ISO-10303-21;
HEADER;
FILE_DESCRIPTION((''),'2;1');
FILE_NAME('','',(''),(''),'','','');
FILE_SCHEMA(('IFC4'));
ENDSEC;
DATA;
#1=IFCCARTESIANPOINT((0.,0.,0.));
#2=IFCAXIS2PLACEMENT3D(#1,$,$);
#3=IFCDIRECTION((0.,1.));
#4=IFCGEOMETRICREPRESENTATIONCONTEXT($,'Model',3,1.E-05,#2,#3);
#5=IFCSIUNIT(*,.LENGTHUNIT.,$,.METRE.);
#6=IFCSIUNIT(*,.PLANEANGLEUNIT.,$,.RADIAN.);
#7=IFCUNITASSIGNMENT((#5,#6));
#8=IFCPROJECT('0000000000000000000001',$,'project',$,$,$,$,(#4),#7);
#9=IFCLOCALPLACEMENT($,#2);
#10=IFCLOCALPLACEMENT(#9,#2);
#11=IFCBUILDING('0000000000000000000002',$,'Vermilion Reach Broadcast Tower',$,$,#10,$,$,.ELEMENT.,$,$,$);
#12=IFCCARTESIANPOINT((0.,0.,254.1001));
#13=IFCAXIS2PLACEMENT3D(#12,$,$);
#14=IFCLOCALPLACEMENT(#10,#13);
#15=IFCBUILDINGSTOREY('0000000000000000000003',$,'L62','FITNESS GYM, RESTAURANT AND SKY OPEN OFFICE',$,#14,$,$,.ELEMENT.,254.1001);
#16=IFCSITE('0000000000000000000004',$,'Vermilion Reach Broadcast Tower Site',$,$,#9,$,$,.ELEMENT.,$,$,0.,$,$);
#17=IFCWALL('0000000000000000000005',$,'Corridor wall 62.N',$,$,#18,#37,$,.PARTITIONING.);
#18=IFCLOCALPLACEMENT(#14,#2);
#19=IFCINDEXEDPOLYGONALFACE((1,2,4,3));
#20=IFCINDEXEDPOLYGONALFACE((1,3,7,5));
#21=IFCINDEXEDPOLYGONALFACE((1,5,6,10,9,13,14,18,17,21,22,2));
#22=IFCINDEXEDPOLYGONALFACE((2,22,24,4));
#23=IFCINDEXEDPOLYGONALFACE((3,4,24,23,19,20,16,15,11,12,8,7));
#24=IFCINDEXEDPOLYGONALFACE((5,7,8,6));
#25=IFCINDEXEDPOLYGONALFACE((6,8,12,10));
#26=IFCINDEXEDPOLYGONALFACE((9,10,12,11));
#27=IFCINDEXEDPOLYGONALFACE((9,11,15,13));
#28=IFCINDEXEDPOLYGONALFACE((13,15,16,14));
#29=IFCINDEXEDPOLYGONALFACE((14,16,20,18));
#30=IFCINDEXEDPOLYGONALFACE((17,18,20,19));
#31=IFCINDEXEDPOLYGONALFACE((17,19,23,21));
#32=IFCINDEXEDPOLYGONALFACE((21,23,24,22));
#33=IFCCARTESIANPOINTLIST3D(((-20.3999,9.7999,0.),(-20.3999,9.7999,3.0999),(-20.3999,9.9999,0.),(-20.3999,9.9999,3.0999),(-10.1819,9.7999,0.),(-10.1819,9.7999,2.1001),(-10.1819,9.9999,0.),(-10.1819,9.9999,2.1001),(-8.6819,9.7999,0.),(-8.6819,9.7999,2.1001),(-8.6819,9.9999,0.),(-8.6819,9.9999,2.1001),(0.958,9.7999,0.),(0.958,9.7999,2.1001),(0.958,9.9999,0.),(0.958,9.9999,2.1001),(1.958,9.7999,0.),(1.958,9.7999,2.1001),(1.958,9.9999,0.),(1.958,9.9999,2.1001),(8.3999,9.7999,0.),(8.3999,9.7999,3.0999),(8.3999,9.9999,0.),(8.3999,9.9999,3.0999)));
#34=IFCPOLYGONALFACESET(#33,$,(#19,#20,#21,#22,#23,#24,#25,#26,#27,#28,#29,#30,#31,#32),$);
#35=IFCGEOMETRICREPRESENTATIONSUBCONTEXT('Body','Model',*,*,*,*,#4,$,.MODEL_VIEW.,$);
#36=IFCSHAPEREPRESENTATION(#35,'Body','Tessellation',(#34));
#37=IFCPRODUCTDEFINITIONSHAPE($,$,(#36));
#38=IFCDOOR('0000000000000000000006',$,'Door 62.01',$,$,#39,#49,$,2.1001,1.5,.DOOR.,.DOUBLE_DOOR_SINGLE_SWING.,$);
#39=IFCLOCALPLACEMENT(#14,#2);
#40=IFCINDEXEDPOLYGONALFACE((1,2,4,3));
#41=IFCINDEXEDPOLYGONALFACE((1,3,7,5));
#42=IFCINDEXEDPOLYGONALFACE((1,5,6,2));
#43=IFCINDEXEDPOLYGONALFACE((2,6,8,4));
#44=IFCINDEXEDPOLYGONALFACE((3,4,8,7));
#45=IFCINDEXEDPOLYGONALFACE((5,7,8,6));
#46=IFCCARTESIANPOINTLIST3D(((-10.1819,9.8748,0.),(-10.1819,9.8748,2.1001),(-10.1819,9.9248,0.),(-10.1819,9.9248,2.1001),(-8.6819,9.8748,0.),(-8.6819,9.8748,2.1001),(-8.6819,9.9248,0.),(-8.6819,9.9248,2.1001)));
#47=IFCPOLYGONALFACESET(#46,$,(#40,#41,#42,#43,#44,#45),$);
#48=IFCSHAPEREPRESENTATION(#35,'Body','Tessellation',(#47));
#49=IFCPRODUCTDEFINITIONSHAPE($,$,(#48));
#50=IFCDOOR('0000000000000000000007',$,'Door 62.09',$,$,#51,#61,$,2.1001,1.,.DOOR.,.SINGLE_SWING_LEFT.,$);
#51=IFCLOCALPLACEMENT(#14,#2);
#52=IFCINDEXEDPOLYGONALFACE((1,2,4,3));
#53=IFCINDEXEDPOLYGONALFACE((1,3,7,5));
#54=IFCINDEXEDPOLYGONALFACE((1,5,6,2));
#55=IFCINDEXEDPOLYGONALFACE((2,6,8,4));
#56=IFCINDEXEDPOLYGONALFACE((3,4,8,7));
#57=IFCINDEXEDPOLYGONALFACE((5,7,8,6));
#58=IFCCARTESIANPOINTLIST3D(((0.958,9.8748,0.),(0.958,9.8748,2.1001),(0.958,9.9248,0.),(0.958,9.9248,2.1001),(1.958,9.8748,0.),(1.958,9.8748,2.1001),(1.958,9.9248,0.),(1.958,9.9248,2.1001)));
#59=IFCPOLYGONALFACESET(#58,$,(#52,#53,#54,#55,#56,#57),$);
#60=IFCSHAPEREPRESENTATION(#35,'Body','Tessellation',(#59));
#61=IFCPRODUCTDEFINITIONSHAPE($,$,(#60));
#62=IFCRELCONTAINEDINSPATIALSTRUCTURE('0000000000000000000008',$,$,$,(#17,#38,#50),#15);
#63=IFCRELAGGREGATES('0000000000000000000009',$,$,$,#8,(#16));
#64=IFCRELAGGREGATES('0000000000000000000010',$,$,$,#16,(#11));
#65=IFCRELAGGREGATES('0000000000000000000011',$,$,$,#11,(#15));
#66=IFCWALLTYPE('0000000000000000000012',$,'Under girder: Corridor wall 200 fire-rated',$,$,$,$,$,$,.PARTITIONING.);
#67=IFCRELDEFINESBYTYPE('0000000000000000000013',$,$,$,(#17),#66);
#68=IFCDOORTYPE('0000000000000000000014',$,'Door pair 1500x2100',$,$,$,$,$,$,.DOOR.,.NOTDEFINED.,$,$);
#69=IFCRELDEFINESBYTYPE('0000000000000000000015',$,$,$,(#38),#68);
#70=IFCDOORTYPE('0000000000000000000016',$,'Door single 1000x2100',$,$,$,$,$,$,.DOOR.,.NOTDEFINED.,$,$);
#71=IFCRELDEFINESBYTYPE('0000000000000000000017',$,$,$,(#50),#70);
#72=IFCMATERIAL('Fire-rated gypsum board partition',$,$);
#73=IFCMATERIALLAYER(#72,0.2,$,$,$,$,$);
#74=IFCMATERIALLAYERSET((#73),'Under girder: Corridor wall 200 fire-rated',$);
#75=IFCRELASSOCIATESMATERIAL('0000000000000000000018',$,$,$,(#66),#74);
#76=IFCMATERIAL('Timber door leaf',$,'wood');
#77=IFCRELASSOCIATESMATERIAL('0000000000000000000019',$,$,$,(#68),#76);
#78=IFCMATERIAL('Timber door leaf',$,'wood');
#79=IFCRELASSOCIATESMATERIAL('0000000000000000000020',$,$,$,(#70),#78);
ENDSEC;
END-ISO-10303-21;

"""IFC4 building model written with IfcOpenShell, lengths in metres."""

from ifc_helpers import new_model, si_unit, direction, frame, frame_2d, origin, place, context, subcontext, project, spatial, rectangle, extrude, material, layer, layer_set, type_object, element, fill, save


model = new_model("IFC4")

# Units and contexts
model_context = context("Model", 3, precision=1e-05, world=origin(), true_north=direction((0.0, 1.0)))
body_context = subcontext(model_context, "Body", "Model", "MODEL_VIEW")
ifc_project = project(units=[si_unit("LENGTHUNIT", "METRE"), si_unit("PLANEANGLEUNIT", "RADIAN")], contexts=[model_context])

# Site, building, storey
site_placement = place(None, origin())
site = spatial("IfcSite", under=ifc_project, at=site_placement, Name="Vermilion Reach Broadcast Tower Site", CompositionType="ELEMENT", RefElevation=0.0)
building_placement = place(site_placement, origin())
building = spatial("IfcBuilding", under=site, at=building_placement, Name="Vermilion Reach Broadcast Tower", CompositionType="ELEMENT")
storey_placement = place(building_placement, frame((0.0, 0.0, 254.1001)))
storey = spatial("IfcBuildingStorey", under=building, at=storey_placement, Name="L62", Description="FITNESS GYM, RESTAURANT AND SKY OPEN OFFICE", CompositionType="ELEMENT", Elevation=254.1001)

# Wall, openings, doors
ifc_material_1 = material(Name="Fire-rated gypsum board partition")
ifc_layer_1 = layer(ifc_material_1, 0.2)
ifc_layer_set_1 = layer_set([ifc_layer_1], Name="Under girder: Corridor wall 200 fire-rated")
wall_type_1 = type_object("IfcWallType", Name="Under girder: Corridor wall 200 fire-rated", PredefinedType="PARTITIONING", material=ifc_layer_set_1)
wall_1_placement = place(storey_placement, frame((-20.3999, 9.8999, 0.0), z_axis=(0.0, 0.0, 1.0), x_axis=(1.0, 0.0, 0.0)))
wall_1 = element("IfcWall", 1, at=wall_1_placement, inside=storey, type_object=wall_type_1, Name="Corridor wall 62.N", PredefinedType="PARTITIONING", context=body_context, shape_type="SweptSolid", body=[
    extrude(rectangle(XDim=28.7998, YDim=0.2, at=frame_2d((14.3999, 0.0))), origin(), (0.0, 0.0, 1.0), 3.0999),
])
opening_1_placement = place(wall_1_placement, frame((10.218, 0.0, 0.0)))
opening_1 = element("IfcOpeningElement", 2, at=opening_1_placement, cuts=wall_1, PredefinedType="OPENING", context=body_context, shape_type="SweptSolid", body=[
    extrude(rectangle(XDim=1.5, YDim=2.1001, at=frame_2d((0.75, 1.05))), frame((0.0, 0.1099, 0.0), z_axis=(0.0, -1.0, 0.0), x_axis=(1.0, 0.0, 0.0)), (0.0, 0.0, 1.0), 0.22),
])
opening_2_placement = place(wall_1_placement, frame((21.3579, 0.0, 0.0)))
opening_2 = element("IfcOpeningElement", 3, at=opening_2_placement, cuts=wall_1, PredefinedType="OPENING", context=body_context, shape_type="SweptSolid", body=[
    extrude(rectangle(XDim=1.0, YDim=2.1001, at=frame_2d((0.5, 1.05))), frame((0.0, 0.1099, 0.0), z_axis=(0.0, -1.0, 0.0), x_axis=(1.0, 0.0, 0.0)), (0.0, 0.0, 1.0), 0.22),
])
ifc_material_2 = material(Name="Timber door leaf", Category="wood")
door_type_1 = type_object("IfcDoorType", Name="Door pair 1500x2100", OperationType="NOTDEFINED", PredefinedType="DOOR", material=ifc_material_2)
door_1_placement = place(opening_1_placement, origin())
door_1 = element("IfcDoor", 4, at=door_1_placement, inside=storey, type_object=door_type_1, Name="Door 62.01", OperationType="DOUBLE_DOOR_SINGLE_SWING", OverallHeight=2.1001, OverallWidth=1.5, PredefinedType="DOOR", context=body_context, shape_type="SweptSolid", body=[
    extrude(rectangle(XDim=1.5, YDim=2.1001, at=frame_2d((0.75, 1.05))), frame((0.0, 0.0249, 0.0), z_axis=(0.0, -1.0, 0.0), x_axis=(1.0, 0.0, 0.0)), (0.0, 0.0, 1.0), 0.05),
])
fill(opening_1, door_1)
ifc_material_3 = material(Name="Timber door leaf", Category="wood")
door_type_2 = type_object("IfcDoorType", Name="Door single 1000x2100", OperationType="NOTDEFINED", PredefinedType="DOOR", material=ifc_material_3)
door_2_placement = place(opening_2_placement, origin())
door_2 = element("IfcDoor", 5, at=door_2_placement, inside=storey, type_object=door_type_2, Name="Door 62.09", OperationType="SINGLE_SWING_LEFT", OverallHeight=2.1001, OverallWidth=1.0, PredefinedType="DOOR", context=body_context, shape_type="SweptSolid", body=[
    extrude(rectangle(XDim=1.0, YDim=2.1001, at=frame_2d((0.5, 1.05))), frame((0.0, 0.0249, 0.0), z_axis=(0.0, -1.0, 0.0), x_axis=(1.0, 0.0, 0.0)), (0.0, 0.0, 1.0), 0.05),
])
fill(opening_2, door_2)

save(model, "model.ifc")
